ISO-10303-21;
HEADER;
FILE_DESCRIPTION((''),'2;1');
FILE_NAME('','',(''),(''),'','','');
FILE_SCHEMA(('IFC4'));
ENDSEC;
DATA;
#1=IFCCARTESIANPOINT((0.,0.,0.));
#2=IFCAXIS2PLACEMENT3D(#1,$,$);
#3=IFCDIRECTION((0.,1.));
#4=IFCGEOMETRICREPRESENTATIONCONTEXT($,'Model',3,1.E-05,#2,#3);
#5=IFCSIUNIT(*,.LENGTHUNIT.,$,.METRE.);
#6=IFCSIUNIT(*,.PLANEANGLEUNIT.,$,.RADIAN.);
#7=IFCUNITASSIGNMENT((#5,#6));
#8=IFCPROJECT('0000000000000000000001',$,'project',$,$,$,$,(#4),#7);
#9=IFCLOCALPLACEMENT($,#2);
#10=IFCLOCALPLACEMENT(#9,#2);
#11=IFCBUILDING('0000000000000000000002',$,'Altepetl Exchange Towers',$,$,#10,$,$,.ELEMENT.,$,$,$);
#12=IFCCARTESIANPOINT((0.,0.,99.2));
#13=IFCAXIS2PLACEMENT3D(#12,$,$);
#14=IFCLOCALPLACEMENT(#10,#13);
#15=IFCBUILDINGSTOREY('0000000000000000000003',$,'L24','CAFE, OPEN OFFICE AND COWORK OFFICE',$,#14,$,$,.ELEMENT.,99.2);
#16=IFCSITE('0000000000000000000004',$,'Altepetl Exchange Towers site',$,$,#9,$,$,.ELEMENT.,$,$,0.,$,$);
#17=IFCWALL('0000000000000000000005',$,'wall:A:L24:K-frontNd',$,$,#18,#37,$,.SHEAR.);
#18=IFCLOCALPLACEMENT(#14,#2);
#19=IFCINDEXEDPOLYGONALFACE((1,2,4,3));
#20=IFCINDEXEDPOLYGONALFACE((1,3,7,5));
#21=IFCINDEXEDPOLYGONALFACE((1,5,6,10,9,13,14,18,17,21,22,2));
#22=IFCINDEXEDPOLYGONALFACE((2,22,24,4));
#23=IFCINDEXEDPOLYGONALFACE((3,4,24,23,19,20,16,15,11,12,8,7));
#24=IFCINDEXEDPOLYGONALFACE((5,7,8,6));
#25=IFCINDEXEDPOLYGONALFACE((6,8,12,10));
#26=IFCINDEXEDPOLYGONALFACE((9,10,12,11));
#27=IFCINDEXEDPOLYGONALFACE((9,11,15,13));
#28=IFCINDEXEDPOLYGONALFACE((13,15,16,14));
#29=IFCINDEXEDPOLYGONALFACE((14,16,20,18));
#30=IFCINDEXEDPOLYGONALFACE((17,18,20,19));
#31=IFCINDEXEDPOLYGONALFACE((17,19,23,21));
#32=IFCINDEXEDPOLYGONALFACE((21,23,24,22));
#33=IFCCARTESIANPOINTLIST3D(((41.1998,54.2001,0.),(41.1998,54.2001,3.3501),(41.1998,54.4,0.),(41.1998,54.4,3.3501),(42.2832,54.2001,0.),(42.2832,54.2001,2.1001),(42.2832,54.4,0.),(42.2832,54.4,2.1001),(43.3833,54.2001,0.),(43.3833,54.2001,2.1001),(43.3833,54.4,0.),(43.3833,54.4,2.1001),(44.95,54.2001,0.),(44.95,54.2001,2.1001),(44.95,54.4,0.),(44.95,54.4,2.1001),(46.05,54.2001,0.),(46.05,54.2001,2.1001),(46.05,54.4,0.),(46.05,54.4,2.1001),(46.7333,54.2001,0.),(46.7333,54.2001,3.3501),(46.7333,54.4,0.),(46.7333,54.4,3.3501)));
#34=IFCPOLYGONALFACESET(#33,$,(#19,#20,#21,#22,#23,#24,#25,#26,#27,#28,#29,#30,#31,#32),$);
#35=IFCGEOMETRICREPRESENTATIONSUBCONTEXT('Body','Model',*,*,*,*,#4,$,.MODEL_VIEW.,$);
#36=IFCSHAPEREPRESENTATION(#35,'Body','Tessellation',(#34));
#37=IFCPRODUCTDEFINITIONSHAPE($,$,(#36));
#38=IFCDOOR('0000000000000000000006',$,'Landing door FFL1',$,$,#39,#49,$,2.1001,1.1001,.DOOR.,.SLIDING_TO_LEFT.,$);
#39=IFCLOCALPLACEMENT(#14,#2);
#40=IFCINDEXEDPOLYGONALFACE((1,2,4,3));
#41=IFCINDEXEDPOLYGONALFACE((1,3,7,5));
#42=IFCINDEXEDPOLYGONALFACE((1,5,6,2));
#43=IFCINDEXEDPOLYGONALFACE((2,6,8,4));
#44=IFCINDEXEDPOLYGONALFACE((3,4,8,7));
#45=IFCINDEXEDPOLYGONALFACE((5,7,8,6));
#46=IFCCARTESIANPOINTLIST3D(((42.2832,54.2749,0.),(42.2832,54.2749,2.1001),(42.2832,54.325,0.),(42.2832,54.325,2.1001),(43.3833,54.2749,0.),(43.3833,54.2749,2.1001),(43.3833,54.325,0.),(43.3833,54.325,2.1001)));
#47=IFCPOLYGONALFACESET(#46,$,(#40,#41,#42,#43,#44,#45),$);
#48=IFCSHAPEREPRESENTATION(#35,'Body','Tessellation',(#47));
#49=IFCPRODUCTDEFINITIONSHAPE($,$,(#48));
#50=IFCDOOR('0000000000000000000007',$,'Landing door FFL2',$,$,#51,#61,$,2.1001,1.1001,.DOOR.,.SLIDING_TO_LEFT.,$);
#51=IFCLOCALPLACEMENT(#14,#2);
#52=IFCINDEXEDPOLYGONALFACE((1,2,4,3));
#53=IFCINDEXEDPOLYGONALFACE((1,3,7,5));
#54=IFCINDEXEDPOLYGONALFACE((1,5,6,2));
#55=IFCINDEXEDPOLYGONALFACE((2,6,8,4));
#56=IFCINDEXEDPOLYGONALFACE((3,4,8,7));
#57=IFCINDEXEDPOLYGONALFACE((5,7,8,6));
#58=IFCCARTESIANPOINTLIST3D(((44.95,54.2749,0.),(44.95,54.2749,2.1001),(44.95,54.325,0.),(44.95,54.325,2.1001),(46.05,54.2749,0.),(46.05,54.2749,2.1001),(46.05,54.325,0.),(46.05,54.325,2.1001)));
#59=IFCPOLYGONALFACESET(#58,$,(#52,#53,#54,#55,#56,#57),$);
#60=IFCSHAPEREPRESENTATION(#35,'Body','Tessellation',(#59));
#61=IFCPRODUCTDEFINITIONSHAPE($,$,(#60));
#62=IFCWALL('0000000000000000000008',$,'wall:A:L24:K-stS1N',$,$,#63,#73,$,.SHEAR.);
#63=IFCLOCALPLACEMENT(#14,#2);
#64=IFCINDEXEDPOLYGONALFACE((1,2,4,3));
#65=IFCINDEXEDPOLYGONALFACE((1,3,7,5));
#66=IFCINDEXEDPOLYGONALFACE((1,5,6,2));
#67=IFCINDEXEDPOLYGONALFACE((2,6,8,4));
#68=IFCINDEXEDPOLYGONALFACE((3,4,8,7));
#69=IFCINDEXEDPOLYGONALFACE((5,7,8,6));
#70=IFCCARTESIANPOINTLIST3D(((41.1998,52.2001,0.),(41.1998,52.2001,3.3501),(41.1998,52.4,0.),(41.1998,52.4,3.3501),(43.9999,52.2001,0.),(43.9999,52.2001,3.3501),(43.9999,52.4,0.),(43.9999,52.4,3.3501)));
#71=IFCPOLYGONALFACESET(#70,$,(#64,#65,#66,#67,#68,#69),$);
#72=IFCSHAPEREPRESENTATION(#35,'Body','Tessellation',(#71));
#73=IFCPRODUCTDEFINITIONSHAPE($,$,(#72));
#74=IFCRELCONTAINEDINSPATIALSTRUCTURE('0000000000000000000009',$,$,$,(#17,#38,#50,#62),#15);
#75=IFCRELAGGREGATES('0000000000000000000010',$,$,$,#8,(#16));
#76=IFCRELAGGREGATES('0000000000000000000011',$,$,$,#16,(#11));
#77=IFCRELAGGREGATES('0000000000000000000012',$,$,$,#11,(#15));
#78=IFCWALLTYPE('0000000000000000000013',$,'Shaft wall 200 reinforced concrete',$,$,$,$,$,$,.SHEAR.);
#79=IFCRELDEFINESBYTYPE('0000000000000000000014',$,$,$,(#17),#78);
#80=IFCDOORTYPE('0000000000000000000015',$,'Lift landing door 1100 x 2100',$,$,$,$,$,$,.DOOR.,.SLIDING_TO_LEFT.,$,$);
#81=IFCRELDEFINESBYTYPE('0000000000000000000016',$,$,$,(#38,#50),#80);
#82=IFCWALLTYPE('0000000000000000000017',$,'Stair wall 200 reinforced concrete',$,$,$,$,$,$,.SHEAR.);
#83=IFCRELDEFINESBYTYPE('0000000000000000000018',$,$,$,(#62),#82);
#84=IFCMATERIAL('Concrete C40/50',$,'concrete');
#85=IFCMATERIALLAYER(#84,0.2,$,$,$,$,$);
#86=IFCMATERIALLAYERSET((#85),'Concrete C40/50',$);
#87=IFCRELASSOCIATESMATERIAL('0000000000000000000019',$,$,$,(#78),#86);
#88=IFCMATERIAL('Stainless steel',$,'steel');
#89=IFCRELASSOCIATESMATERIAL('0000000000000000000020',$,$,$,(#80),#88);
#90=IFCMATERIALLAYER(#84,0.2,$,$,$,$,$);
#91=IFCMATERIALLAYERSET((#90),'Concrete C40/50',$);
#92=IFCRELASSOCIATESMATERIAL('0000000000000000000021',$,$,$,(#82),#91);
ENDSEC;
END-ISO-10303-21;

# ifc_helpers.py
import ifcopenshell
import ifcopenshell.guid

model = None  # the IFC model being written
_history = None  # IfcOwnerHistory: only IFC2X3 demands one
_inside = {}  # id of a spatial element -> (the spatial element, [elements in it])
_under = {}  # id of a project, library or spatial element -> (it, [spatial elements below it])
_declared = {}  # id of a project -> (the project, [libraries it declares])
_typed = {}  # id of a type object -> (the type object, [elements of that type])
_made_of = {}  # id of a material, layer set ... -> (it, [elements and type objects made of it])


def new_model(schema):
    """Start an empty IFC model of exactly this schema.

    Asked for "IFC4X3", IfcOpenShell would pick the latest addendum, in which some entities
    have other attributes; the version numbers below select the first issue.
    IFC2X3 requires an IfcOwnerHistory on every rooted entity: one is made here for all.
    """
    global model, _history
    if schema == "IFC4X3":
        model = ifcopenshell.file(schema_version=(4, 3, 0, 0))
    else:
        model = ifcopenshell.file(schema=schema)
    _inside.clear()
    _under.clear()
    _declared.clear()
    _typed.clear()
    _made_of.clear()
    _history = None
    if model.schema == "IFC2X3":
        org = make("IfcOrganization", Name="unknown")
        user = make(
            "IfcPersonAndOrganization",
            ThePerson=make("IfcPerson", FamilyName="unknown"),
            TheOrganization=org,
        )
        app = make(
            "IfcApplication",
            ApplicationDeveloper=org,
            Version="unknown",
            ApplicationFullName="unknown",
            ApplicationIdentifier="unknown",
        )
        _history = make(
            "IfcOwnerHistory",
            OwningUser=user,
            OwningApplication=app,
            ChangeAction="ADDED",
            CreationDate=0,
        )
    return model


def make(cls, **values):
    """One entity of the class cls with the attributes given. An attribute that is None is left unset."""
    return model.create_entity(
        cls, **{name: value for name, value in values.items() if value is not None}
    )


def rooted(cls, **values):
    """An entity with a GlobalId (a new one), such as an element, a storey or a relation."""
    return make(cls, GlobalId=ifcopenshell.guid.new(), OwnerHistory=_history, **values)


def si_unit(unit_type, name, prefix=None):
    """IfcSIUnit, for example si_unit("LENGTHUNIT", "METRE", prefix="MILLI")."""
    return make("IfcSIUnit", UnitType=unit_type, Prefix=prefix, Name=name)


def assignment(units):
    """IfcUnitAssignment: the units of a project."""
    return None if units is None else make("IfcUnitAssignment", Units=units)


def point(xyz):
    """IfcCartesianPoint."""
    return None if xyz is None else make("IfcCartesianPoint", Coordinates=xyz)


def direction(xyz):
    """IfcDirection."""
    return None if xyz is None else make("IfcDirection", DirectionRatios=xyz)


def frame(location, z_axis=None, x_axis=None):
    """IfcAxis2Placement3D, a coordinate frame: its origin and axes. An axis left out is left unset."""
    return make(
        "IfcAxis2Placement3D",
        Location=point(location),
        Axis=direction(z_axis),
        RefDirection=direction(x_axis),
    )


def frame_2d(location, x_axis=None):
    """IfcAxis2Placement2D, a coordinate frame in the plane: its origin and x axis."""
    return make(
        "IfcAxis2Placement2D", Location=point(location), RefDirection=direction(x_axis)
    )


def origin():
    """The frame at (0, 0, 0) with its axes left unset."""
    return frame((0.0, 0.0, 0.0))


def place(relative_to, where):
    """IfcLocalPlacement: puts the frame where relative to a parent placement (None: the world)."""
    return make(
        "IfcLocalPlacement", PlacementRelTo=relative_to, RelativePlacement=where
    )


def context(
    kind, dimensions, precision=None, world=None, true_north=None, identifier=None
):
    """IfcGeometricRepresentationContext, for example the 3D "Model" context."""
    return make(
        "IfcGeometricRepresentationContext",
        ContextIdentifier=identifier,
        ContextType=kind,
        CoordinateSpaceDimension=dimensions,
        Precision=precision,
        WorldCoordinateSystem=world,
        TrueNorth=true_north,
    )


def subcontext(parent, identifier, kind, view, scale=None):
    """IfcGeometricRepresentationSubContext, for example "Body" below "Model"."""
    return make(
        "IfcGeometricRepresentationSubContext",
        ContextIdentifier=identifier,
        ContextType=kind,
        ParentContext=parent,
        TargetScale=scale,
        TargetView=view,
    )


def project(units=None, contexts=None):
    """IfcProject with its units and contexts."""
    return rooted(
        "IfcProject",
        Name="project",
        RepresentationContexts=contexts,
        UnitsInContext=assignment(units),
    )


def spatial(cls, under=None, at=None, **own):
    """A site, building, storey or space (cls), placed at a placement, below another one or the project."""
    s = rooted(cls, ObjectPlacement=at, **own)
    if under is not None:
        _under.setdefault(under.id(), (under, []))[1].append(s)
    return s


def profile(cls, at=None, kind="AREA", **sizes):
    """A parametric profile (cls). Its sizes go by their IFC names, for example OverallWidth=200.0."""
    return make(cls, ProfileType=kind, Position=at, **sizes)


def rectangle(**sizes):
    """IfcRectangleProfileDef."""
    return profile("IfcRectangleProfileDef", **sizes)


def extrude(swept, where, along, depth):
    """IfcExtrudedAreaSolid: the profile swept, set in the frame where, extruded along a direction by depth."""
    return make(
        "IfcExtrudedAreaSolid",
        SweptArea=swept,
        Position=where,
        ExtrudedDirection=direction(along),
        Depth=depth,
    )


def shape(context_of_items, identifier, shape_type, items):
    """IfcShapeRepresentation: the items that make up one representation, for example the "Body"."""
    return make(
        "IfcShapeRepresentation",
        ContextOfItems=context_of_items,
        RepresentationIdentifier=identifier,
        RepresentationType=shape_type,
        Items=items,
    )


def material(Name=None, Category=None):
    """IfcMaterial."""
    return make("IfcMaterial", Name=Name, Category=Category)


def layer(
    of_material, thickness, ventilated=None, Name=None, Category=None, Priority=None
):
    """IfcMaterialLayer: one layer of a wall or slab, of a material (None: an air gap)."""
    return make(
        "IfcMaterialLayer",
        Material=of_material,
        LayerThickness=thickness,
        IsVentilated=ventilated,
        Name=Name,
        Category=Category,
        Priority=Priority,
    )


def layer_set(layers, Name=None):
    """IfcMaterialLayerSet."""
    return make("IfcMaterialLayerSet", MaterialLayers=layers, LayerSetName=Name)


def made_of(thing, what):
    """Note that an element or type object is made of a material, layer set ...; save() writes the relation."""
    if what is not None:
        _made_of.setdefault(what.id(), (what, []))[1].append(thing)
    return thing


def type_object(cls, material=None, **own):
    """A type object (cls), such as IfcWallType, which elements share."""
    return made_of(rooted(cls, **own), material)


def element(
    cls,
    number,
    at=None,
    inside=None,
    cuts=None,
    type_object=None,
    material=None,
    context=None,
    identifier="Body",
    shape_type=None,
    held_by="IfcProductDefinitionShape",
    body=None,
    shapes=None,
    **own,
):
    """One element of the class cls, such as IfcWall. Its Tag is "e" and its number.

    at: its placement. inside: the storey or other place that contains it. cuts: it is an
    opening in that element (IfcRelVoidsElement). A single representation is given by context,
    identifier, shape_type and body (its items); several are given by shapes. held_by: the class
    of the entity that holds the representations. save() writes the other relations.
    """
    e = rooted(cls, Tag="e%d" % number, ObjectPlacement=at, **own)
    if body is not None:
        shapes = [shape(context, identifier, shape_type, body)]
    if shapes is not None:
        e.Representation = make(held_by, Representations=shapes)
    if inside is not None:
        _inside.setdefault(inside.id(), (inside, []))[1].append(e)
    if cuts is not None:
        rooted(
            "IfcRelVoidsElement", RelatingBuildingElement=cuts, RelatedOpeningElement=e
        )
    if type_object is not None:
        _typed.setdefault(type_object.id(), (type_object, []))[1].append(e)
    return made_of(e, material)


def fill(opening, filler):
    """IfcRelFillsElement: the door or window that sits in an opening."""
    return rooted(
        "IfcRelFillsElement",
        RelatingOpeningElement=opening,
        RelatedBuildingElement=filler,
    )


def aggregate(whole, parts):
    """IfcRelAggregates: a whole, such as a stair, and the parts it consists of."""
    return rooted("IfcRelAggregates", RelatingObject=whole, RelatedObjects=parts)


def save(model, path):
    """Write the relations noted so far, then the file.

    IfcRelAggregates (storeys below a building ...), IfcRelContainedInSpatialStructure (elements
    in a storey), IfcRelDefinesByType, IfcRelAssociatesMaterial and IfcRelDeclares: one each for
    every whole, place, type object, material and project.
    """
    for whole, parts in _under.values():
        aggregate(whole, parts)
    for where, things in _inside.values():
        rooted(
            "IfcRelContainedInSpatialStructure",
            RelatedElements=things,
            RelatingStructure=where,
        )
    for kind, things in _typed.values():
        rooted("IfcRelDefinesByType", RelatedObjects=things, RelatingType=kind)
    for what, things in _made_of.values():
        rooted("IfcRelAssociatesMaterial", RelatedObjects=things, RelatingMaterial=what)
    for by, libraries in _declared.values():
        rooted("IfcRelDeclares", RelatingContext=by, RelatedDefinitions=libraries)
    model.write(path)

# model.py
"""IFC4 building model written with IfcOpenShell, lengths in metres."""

from ifc_helpers import new_model, si_unit, direction, frame, frame_2d, origin, place, context, subcontext, project, spatial, rectangle, extrude, material, layer, layer_set, type_object, element, fill, save


model = new_model("IFC4")

# Units and contexts
model_context = context("Model", 3, precision=1e-05, world=origin(), true_north=direction((0.0, 1.0)))
body_context = subcontext(model_context, "Body", "Model", "MODEL_VIEW")
ifc_project = project(units=[si_unit("LENGTHUNIT", "METRE"), si_unit("PLANEANGLEUNIT", "RADIAN")], contexts=[model_context])

# Site, building, storey
site_placement = place(None, origin())
site = spatial("IfcSite", under=ifc_project, at=site_placement, Name="Altepetl Exchange Towers site", CompositionType="ELEMENT", RefElevation=0.0)
building_placement = place(site_placement, origin())
building = spatial("IfcBuilding", under=site, at=building_placement, Name="Altepetl Exchange Towers", CompositionType="ELEMENT")
storey_placement = place(building_placement, frame((0.0, 0.0, 99.2)))
storey = spatial("IfcBuildingStorey", under=building, at=storey_placement, Name="L24", Description="CAFE, OPEN OFFICE AND COWORK OFFICE", CompositionType="ELEMENT", Elevation=99.2)

# Shared definitions
ifc_material_1 = material(Name="Concrete C40/50", Category="concrete")
ifc_layer_1 = layer(ifc_material_1, 0.2)
ifc_layer_set_1 = layer_set([ifc_layer_1], Name="Concrete C40/50")
wall_type_1 = type_object("IfcWallType", Name="Shaft wall 200 reinforced concrete", PredefinedType="SHEAR", material=ifc_layer_set_1)

# Wall, openings, doors
wall_1_placement = place(storey_placement, frame((41.2, 54.3, 0.0)))
wall_1 = element("IfcWall", 1, at=wall_1_placement, inside=storey, type_object=wall_type_1, Name="wall:A:L24:K-frontNd", PredefinedType="SHEAR", context=body_context, shape_type="SweptSolid", body=[
    extrude(rectangle(XDim=5.5334, YDim=0.2, at=frame_2d((2.7666, 0.0))), origin(), (0.0, 0.0, 1.0), 3.3501),
])
opening_1_placement = place(wall_1_placement, frame((1.0833, 0.0, 0.0)))
opening_1 = element("IfcOpeningElement", 2, at=opening_1_placement, cuts=wall_1, PredefinedType="OPENING", context=body_context, shape_type="SweptSolid", body=[
    extrude(rectangle(XDim=1.1001, YDim=2.1001, at=frame_2d((0.55, 1.05))), frame((0.0, 0.1099, 0.0), z_axis=(0.0, -1.0, 0.0), x_axis=(1.0, 0.0, 0.0)), (0.0, 0.0, 1.0), 0.22),
])
opening_2_placement = place(wall_1_placement, frame((3.75, 0.0, 0.0)))
opening_2 = element("IfcOpeningElement", 3, at=opening_2_placement, cuts=wall_1, PredefinedType="OPENING", context=body_context, shape_type="SweptSolid", body=[
    extrude(rectangle(XDim=1.1001, YDim=2.1001, at=frame_2d((0.55, 1.05))), frame((0.0, 0.1099, 0.0), z_axis=(0.0, -1.0, 0.0), x_axis=(1.0, 0.0, 0.0)), (0.0, 0.0, 1.0), 0.22),
])
ifc_material_2 = material(Name="Stainless steel", Category="steel")
door_type_1 = type_object("IfcDoorType", Name="Lift landing door 1100 x 2100", OperationType="SLIDING_TO_LEFT", PredefinedType="DOOR", material=ifc_material_2)
door_1_placement = place(opening_1_placement, origin())
door_1 = element("IfcDoor", 4, at=door_1_placement, inside=storey, type_object=door_type_1, Name="Landing door FFL1", OperationType="SLIDING_TO_LEFT", OverallHeight=2.1001, OverallWidth=1.1001, PredefinedType="DOOR", context=body_context, shape_type="SweptSolid", body=[
    extrude(rectangle(XDim=1.1001, YDim=2.1001, at=frame_2d((0.55, 1.05))), frame((0.0, 0.0249, 0.0), z_axis=(0.0, -1.0, 0.0), x_axis=(1.0, 0.0, 0.0)), (0.0, 0.0, 1.0), 0.05),
])
fill(opening_1, door_1)
door_2_placement = place(opening_2_placement, origin())
door_2 = element("IfcDoor", 5, at=door_2_placement, inside=storey, type_object=door_type_1, Name="Landing door FFL2", OperationType="SLIDING_TO_LEFT", OverallHeight=2.1001, OverallWidth=1.1001, PredefinedType="DOOR", context=body_context, shape_type="SweptSolid", body=[
    extrude(rectangle(XDim=1.1001, YDim=2.1001, at=frame_2d((0.55, 1.05))), frame((0.0, 0.0249, 0.0), z_axis=(0.0, -1.0, 0.0), x_axis=(1.0, 0.0, 0.0)), (0.0, 0.0, 1.0), 0.05),
])
fill(opening_2, door_2)

# Wall
ifc_layer_2 = layer(ifc_material_1, 0.2)
ifc_layer_set_2 = layer_set([ifc_layer_2], Name="Concrete C40/50")
wall_type_2 = type_object("IfcWallType", Name="Stair wall 200 reinforced concrete", PredefinedType="SHEAR", material=ifc_layer_set_2)
wall_2_placement = place(storey_placement, frame((41.2, 52.3, 0.0)))
element("IfcWall", 6, at=wall_2_placement, inside=storey, type_object=wall_type_2, Name="wall:A:L24:K-stS1N", PredefinedType="SHEAR", context=body_context, shape_type="SweptSolid", body=[
    extrude(rectangle(XDim=2.8, YDim=0.2, at=frame_2d((1.3999, 0.0))), origin(), (0.0, 0.0, 1.0), 3.3501),
])

save(model, "model.ifc")
